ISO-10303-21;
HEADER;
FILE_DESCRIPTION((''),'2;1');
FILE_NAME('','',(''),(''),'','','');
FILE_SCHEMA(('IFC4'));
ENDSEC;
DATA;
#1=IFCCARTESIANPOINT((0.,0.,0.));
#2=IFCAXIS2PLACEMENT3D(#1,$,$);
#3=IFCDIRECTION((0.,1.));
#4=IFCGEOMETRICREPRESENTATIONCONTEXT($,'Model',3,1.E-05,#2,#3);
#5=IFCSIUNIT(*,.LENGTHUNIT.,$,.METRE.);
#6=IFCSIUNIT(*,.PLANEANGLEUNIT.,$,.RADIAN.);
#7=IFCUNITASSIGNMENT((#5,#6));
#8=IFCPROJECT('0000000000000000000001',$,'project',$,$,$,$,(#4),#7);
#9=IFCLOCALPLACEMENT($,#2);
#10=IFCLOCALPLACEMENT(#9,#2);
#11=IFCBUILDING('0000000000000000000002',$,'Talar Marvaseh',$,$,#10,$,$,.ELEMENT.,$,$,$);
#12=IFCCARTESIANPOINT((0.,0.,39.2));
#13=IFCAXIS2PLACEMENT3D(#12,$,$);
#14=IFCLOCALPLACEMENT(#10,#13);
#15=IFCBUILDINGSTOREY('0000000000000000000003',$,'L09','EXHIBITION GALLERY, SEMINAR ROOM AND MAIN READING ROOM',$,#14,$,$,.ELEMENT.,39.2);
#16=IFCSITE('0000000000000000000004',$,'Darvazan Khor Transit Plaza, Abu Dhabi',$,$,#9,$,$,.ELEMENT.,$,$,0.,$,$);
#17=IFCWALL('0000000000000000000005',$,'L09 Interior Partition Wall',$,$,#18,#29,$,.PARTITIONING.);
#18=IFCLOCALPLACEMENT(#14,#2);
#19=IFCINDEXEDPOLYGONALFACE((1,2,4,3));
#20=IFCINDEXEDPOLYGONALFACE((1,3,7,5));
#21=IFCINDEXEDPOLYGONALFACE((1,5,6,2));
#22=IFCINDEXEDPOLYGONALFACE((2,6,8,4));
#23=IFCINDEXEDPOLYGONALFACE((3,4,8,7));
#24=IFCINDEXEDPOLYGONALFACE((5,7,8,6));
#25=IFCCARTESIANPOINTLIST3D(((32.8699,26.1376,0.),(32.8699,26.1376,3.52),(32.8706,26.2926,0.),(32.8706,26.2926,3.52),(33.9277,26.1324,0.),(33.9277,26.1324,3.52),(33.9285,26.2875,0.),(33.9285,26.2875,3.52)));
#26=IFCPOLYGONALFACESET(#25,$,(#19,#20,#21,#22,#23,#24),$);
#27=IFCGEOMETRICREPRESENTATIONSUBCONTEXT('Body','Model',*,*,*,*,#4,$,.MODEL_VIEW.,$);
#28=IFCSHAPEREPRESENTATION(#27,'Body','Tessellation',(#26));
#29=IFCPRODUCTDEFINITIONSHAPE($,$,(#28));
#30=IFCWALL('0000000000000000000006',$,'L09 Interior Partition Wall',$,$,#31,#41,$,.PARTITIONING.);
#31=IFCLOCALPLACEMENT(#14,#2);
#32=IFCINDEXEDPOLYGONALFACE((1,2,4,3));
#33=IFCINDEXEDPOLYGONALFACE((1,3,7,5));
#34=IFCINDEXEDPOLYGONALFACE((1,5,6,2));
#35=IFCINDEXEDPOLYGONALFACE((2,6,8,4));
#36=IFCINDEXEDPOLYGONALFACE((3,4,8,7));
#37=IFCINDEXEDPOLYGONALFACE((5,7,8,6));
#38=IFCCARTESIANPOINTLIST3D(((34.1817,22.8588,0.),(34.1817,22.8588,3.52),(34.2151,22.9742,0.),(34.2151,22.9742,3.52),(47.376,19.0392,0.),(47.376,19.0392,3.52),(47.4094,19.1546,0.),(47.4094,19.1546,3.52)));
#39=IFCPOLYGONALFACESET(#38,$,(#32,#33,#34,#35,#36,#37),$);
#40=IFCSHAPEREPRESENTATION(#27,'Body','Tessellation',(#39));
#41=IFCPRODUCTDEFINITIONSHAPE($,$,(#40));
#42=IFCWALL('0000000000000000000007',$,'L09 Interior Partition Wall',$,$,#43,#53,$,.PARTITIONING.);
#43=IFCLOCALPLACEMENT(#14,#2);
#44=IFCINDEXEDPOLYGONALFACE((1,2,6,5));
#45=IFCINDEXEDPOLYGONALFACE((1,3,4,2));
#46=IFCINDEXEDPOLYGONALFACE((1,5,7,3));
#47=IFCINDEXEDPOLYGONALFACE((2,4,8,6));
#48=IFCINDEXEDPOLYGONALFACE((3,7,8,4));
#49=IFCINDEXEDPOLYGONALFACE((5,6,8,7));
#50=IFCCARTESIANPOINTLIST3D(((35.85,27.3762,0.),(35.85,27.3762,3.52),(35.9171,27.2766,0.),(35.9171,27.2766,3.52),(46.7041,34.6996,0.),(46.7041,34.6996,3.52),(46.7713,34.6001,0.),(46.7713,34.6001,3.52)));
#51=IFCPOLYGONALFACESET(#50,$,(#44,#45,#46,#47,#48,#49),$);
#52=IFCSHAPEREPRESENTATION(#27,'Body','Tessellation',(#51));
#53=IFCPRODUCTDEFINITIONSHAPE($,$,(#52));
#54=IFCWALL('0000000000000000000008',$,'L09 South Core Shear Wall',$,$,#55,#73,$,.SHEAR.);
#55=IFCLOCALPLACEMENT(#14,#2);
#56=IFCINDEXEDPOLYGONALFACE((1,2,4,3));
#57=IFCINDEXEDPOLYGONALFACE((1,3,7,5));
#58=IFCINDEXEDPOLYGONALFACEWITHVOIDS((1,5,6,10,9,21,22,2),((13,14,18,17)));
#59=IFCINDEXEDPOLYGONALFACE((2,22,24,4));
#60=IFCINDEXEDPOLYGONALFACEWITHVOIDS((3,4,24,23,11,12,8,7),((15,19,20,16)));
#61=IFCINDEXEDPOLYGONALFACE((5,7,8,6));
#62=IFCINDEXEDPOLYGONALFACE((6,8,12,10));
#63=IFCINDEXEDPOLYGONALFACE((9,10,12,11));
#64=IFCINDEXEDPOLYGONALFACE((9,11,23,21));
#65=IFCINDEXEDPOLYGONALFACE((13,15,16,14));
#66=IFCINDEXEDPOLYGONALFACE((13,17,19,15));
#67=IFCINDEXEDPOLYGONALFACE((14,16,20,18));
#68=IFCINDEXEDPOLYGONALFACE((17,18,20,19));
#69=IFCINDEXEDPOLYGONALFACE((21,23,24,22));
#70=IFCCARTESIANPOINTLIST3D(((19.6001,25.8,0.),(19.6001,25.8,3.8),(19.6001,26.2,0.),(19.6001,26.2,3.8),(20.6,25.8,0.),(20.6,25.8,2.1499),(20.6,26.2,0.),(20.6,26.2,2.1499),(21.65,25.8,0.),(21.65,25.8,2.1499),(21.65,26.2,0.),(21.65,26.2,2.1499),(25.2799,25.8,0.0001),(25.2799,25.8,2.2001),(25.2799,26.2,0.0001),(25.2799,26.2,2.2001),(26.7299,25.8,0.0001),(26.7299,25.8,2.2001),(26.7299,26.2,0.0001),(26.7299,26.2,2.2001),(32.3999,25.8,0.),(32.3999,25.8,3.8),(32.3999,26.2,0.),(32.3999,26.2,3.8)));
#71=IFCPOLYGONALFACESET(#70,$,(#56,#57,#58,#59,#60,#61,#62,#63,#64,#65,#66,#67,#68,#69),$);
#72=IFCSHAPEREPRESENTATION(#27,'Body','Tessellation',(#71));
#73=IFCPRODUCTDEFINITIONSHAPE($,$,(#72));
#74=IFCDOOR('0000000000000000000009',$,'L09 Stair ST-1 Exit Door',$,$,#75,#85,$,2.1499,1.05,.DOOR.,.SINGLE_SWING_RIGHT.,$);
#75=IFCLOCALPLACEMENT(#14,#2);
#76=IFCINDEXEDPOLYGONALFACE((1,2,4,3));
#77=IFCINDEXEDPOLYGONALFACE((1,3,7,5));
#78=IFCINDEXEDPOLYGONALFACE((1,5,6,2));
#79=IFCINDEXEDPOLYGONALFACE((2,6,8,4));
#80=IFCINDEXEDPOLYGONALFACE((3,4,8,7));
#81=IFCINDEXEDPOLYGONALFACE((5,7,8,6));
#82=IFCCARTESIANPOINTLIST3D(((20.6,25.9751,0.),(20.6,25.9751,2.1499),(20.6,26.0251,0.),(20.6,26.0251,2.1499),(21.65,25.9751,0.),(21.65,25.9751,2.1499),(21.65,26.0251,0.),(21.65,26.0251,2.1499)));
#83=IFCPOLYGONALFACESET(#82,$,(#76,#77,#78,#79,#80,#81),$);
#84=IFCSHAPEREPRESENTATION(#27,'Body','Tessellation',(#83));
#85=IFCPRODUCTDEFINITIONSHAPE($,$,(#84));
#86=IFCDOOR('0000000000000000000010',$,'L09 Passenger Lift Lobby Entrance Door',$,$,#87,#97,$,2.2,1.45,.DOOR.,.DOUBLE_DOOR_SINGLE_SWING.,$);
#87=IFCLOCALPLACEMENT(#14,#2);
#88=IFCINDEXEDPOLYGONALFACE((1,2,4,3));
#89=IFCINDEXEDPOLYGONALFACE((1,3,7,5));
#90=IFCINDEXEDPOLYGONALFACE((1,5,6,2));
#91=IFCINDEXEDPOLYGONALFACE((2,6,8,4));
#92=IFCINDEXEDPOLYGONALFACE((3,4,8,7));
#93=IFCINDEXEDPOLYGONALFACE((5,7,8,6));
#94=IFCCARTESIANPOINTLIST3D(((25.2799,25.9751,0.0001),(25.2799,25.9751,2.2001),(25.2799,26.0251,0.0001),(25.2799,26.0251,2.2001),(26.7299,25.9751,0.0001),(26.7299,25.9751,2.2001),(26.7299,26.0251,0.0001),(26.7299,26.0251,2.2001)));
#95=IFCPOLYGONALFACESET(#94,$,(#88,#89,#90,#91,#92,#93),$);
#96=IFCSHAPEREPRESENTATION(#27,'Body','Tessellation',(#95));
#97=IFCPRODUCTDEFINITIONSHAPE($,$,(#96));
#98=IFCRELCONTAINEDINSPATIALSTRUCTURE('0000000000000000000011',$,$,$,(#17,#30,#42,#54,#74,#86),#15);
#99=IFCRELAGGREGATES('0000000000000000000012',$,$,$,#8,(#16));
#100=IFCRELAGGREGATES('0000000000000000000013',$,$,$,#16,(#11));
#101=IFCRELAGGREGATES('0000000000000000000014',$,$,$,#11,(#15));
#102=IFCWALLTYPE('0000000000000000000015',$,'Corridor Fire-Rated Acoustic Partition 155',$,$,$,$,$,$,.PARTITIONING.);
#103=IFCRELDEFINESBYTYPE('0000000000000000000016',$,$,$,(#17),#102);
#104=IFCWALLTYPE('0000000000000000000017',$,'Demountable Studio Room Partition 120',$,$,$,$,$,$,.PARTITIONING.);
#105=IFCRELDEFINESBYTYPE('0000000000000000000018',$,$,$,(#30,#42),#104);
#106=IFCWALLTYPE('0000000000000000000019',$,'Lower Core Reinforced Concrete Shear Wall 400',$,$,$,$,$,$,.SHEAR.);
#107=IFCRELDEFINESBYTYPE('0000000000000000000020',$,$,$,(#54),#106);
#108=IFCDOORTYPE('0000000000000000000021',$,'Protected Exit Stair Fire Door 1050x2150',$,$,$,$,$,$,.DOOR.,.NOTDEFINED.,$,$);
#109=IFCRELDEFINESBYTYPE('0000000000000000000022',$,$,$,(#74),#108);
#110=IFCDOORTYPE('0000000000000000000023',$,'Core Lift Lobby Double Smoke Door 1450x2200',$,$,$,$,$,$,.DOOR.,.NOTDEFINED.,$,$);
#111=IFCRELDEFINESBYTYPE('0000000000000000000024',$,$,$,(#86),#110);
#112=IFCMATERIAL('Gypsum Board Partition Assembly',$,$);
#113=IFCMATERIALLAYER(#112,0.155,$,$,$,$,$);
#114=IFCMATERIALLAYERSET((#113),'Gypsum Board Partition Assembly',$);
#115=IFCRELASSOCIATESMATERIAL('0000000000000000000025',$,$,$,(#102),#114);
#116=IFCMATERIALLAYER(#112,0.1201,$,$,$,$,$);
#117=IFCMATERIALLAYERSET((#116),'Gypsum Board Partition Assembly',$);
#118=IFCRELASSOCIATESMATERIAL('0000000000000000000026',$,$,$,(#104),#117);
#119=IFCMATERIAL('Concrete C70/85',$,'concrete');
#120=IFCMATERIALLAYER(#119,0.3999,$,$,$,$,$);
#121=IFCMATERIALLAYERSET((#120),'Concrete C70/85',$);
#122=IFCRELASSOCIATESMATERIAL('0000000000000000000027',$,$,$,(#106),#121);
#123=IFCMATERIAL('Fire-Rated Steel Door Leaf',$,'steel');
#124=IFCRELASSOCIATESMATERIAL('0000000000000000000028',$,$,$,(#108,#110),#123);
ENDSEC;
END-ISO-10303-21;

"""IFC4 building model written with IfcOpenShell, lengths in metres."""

from ifc_helpers import new_model, si_unit, direction, frame, frame_2d, origin, place, context, subcontext, project, spatial, rectangle, extrude, source, transform, mapped, material, layer, layer_set, type_object, type_shapes, element, fill, save


model = new_model("IFC4")

# Units and contexts
model_context = context("Model", 3, precision=1e-05, world=origin(), true_north=direction((0.0, 1.0)))
body_context = subcontext(model_context, "Body", "Model", "MODEL_VIEW")
ifc_project = project(units=[si_unit("LENGTHUNIT", "METRE"), si_unit("PLANEANGLEUNIT", "RADIAN")], contexts=[model_context])

# Site, building, storey
site_placement = place(None, origin())
site = spatial("IfcSite", under=ifc_project, at=site_placement, Name="Darvazan Khor Transit Plaza, Abu Dhabi", CompositionType="ELEMENT", RefElevation=0.0)
building_placement = place(site_placement, origin())
building = spatial("IfcBuilding", under=site, at=building_placement, Name="Talar Marvaseh", CompositionType="ELEMENT")
storey_placement = place(building_placement, frame((0.0, 0.0, 39.2)))
storey = spatial("IfcBuildingStorey", under=building, at=storey_placement, Name="L09", Description="EXHIBITION GALLERY, SEMINAR ROOM AND MAIN READING ROOM", CompositionType="ELEMENT", Elevation=39.2)

# Shared definitions
ifc_material_1 = material(Name="Concrete C70/85", Category="concrete")

# Shared definitions
ifc_material_2 = material(Name="Gypsum Board Partition Assembly")
ifc_layer_1 = layer(ifc_material_2, 0.155)
ifc_layer_set_1 = layer_set([ifc_layer_1], Name="Gypsum Board Partition Assembly")
wall_type_1 = type_object("IfcWallType", Name="Corridor Fire-Rated Acoustic Partition 155", PredefinedType="PARTITIONING", material=ifc_layer_set_1)

# Walls
wall_1_placement = place(storey_placement, frame((33.928, 26.21, 0.0), z_axis=(0.0, 0.0, 1.0), x_axis=(-0.999988, 0.004846, 0.0)))
element("IfcWall", 1, at=wall_1_placement, inside=storey, type_object=wall_type_1, Name="L09 Interior Partition Wall", PredefinedType="PARTITIONING", context=body_context, shape_type="SweptSolid", body=[
    extrude(rectangle(XDim=1.0579, YDim=0.155, at=frame_2d((0.5288, 0.0))), origin(), (0.0, 0.0, 1.0), 3.52),
])
ifc_layer_2 = layer(ifc_material_2, 0.1201)
ifc_layer_set_2 = layer_set([ifc_layer_2], Name="Gypsum Board Partition Assembly")
wall_type_2 = type_object("IfcWallType", Name="Demountable Studio Room Partition 120", PredefinedType="PARTITIONING", material=ifc_layer_set_2)
wall_2_placement = place(storey_placement, frame((34.1982, 22.9165, 0.0), z_axis=(0.0, 0.0, 1.0), x_axis=(0.960561, -0.278069, 0.0)))
element("IfcWall", 2, at=wall_2_placement, inside=storey, type_object=wall_type_2, Name="L09 Interior Partition Wall", PredefinedType="PARTITIONING", context=body_context, shape_type="SweptSolid", body=[
    extrude(rectangle(XDim=13.7361, YDim=0.1201, at=frame_2d((6.8682, 0.0))), origin(), (0.0, 0.0, 1.0), 3.52),
])
wall_3_placement = place(storey_placement, frame((35.8835, 27.3264, 0.0), z_axis=(0.0, 0.0, 1.0), x_axis=(0.82896, 0.559309, 0.0)))
element("IfcWall", 3, at=wall_3_placement, inside=storey, type_object=wall_type_2, Name="L09 Interior Partition Wall", PredefinedType="PARTITIONING", context=body_context, shape_type="SweptSolid", body=[
    extrude(rectangle(XDim=13.0938, YDim=0.1201, at=frame_2d((6.5469, 0.0))), origin(), (0.0, 0.0, 1.0), 3.52),
])

# Wall, openings, doors
ifc_layer_3 = layer(ifc_material_1, 0.3999)
ifc_layer_set_3 = layer_set([ifc_layer_3], Name="Concrete C70/85")
wall_type_3 = type_object("IfcWallType", Name="Lower Core Reinforced Concrete Shear Wall 400", PredefinedType="SHEAR", material=ifc_layer_set_3)
wall_4_placement = place(storey_placement, frame((32.3999, 26.0, 0.0), z_axis=(0.0, 0.0, 1.0), x_axis=(-1.0, 0.0, 0.0)))
wall_4 = element("IfcWall", 4, at=wall_4_placement, inside=storey, type_object=wall_type_3, Name="L09 South Core Shear Wall", PredefinedType="SHEAR", context=body_context, shape_type="SweptSolid", body=[
    extrude(rectangle(XDim=12.7998, YDim=0.3999, at=frame_2d((6.3999, 0.0))), origin(), (0.0, 0.0, 1.0), 3.8),
])
opening_1_placement = place(wall_4_placement, frame((10.75, 0.0, 0.0)))
opening_1 = element("IfcOpeningElement", 5, at=opening_1_placement, cuts=wall_4, PredefinedType="OPENING", context=body_context, shape_type="SweptSolid", body=[
    extrude(rectangle(XDim=1.05, YDim=2.1499, at=frame_2d((0.5249, 1.075))), frame((0.0, 0.21, 0.0), z_axis=(0.0, -1.0, 0.0), x_axis=(1.0, 0.0, 0.0)), (0.0, 0.0, 1.0), 0.4199),
])
opening_2_placement = place(wall_4_placement, frame((5.6699, 0.0, 0.0)))
opening_2 = element("IfcOpeningElement", 6, at=opening_2_placement, cuts=wall_4, PredefinedType="OPENING", context=body_context, shape_type="SweptSolid", body=[
    extrude(rectangle(XDim=1.45, YDim=2.2, at=frame_2d((0.7251, 1.1001))), frame((0.0, 0.21, 0.0), z_axis=(0.0, -1.0, 0.0), x_axis=(1.0, 0.0, 0.0)), (0.0, 0.0, 1.0), 0.4199),
])
ifc_material_3 = material(Name="Fire-Rated Steel Door Leaf", Category="steel")
door_type_1 = type_object("IfcDoorType", Name="Protected Exit Stair Fire Door 1050x2150", OperationType="NOTDEFINED", PredefinedType="DOOR", material=ifc_material_3)
shared_shape_1 = source(origin(), body_context, "Body", "SweptSolid", [
    extrude(rectangle(XDim=1.05, YDim=2.1499, at=frame_2d((0.5249, 1.075))), frame((0.0, 0.0249, 0.0), z_axis=(0.0, -1.0, 0.0), x_axis=(1.0, 0.0, 0.0)), (0.0, 0.0, 1.0), 0.05),
])
type_shapes(door_type_1, [shared_shape_1])
door_1_placement = place(opening_1_placement, origin())
door_1 = element("IfcDoor", 7, at=door_1_placement, inside=storey, type_object=door_type_1, Name="L09 Stair ST-1 Exit Door", OperationType="SINGLE_SWING_RIGHT", OverallHeight=2.1499, OverallWidth=1.05, PredefinedType="DOOR", context=body_context, shape_type="MappedRepresentation", body=[
    mapped(shared_shape_1, transform((0.0, 0.0, 0.0), x_axis=(1.0, 0.0, 0.0), y_axis=(0.0, 1.0, 0.0), z_axis=(0.0, 0.0, 1.0), scale=1.0)),
])
fill(opening_1, door_1)
door_type_2 = type_object("IfcDoorType", Name="Core Lift Lobby Double Smoke Door 1450x2200", OperationType="NOTDEFINED", PredefinedType="DOOR", material=ifc_material_3)
shared_shape_2 = source(origin(), body_context, "Body", "SweptSolid", [
    extrude(rectangle(XDim=1.45, YDim=2.2, at=frame_2d((0.7251, 1.1001))), frame((0.0, 0.0249, 0.0), z_axis=(0.0, -1.0, 0.0), x_axis=(1.0, 0.0, 0.0)), (0.0, 0.0, 1.0), 0.05),
])
type_shapes(door_type_2, [shared_shape_2])
door_2_placement = place(opening_2_placement, origin())
door_2 = element("IfcDoor", 8, at=door_2_placement, inside=storey, type_object=door_type_2, Name="L09 Passenger Lift Lobby Entrance Door", OperationType="DOUBLE_DOOR_SINGLE_SWING", OverallHeight=2.2, OverallWidth=1.45, PredefinedType="DOOR", context=body_context, shape_type="MappedRepresentation", body=[
    mapped(shared_shape_2, transform((0.0, 0.0, 0.0), x_axis=(1.0, 0.0, 0.0), y_axis=(0.0, 1.0, 0.0), z_axis=(0.0, 0.0, 1.0), scale=1.0)),
])
fill(opening_2, door_2)

save(model, "model.ifc")
